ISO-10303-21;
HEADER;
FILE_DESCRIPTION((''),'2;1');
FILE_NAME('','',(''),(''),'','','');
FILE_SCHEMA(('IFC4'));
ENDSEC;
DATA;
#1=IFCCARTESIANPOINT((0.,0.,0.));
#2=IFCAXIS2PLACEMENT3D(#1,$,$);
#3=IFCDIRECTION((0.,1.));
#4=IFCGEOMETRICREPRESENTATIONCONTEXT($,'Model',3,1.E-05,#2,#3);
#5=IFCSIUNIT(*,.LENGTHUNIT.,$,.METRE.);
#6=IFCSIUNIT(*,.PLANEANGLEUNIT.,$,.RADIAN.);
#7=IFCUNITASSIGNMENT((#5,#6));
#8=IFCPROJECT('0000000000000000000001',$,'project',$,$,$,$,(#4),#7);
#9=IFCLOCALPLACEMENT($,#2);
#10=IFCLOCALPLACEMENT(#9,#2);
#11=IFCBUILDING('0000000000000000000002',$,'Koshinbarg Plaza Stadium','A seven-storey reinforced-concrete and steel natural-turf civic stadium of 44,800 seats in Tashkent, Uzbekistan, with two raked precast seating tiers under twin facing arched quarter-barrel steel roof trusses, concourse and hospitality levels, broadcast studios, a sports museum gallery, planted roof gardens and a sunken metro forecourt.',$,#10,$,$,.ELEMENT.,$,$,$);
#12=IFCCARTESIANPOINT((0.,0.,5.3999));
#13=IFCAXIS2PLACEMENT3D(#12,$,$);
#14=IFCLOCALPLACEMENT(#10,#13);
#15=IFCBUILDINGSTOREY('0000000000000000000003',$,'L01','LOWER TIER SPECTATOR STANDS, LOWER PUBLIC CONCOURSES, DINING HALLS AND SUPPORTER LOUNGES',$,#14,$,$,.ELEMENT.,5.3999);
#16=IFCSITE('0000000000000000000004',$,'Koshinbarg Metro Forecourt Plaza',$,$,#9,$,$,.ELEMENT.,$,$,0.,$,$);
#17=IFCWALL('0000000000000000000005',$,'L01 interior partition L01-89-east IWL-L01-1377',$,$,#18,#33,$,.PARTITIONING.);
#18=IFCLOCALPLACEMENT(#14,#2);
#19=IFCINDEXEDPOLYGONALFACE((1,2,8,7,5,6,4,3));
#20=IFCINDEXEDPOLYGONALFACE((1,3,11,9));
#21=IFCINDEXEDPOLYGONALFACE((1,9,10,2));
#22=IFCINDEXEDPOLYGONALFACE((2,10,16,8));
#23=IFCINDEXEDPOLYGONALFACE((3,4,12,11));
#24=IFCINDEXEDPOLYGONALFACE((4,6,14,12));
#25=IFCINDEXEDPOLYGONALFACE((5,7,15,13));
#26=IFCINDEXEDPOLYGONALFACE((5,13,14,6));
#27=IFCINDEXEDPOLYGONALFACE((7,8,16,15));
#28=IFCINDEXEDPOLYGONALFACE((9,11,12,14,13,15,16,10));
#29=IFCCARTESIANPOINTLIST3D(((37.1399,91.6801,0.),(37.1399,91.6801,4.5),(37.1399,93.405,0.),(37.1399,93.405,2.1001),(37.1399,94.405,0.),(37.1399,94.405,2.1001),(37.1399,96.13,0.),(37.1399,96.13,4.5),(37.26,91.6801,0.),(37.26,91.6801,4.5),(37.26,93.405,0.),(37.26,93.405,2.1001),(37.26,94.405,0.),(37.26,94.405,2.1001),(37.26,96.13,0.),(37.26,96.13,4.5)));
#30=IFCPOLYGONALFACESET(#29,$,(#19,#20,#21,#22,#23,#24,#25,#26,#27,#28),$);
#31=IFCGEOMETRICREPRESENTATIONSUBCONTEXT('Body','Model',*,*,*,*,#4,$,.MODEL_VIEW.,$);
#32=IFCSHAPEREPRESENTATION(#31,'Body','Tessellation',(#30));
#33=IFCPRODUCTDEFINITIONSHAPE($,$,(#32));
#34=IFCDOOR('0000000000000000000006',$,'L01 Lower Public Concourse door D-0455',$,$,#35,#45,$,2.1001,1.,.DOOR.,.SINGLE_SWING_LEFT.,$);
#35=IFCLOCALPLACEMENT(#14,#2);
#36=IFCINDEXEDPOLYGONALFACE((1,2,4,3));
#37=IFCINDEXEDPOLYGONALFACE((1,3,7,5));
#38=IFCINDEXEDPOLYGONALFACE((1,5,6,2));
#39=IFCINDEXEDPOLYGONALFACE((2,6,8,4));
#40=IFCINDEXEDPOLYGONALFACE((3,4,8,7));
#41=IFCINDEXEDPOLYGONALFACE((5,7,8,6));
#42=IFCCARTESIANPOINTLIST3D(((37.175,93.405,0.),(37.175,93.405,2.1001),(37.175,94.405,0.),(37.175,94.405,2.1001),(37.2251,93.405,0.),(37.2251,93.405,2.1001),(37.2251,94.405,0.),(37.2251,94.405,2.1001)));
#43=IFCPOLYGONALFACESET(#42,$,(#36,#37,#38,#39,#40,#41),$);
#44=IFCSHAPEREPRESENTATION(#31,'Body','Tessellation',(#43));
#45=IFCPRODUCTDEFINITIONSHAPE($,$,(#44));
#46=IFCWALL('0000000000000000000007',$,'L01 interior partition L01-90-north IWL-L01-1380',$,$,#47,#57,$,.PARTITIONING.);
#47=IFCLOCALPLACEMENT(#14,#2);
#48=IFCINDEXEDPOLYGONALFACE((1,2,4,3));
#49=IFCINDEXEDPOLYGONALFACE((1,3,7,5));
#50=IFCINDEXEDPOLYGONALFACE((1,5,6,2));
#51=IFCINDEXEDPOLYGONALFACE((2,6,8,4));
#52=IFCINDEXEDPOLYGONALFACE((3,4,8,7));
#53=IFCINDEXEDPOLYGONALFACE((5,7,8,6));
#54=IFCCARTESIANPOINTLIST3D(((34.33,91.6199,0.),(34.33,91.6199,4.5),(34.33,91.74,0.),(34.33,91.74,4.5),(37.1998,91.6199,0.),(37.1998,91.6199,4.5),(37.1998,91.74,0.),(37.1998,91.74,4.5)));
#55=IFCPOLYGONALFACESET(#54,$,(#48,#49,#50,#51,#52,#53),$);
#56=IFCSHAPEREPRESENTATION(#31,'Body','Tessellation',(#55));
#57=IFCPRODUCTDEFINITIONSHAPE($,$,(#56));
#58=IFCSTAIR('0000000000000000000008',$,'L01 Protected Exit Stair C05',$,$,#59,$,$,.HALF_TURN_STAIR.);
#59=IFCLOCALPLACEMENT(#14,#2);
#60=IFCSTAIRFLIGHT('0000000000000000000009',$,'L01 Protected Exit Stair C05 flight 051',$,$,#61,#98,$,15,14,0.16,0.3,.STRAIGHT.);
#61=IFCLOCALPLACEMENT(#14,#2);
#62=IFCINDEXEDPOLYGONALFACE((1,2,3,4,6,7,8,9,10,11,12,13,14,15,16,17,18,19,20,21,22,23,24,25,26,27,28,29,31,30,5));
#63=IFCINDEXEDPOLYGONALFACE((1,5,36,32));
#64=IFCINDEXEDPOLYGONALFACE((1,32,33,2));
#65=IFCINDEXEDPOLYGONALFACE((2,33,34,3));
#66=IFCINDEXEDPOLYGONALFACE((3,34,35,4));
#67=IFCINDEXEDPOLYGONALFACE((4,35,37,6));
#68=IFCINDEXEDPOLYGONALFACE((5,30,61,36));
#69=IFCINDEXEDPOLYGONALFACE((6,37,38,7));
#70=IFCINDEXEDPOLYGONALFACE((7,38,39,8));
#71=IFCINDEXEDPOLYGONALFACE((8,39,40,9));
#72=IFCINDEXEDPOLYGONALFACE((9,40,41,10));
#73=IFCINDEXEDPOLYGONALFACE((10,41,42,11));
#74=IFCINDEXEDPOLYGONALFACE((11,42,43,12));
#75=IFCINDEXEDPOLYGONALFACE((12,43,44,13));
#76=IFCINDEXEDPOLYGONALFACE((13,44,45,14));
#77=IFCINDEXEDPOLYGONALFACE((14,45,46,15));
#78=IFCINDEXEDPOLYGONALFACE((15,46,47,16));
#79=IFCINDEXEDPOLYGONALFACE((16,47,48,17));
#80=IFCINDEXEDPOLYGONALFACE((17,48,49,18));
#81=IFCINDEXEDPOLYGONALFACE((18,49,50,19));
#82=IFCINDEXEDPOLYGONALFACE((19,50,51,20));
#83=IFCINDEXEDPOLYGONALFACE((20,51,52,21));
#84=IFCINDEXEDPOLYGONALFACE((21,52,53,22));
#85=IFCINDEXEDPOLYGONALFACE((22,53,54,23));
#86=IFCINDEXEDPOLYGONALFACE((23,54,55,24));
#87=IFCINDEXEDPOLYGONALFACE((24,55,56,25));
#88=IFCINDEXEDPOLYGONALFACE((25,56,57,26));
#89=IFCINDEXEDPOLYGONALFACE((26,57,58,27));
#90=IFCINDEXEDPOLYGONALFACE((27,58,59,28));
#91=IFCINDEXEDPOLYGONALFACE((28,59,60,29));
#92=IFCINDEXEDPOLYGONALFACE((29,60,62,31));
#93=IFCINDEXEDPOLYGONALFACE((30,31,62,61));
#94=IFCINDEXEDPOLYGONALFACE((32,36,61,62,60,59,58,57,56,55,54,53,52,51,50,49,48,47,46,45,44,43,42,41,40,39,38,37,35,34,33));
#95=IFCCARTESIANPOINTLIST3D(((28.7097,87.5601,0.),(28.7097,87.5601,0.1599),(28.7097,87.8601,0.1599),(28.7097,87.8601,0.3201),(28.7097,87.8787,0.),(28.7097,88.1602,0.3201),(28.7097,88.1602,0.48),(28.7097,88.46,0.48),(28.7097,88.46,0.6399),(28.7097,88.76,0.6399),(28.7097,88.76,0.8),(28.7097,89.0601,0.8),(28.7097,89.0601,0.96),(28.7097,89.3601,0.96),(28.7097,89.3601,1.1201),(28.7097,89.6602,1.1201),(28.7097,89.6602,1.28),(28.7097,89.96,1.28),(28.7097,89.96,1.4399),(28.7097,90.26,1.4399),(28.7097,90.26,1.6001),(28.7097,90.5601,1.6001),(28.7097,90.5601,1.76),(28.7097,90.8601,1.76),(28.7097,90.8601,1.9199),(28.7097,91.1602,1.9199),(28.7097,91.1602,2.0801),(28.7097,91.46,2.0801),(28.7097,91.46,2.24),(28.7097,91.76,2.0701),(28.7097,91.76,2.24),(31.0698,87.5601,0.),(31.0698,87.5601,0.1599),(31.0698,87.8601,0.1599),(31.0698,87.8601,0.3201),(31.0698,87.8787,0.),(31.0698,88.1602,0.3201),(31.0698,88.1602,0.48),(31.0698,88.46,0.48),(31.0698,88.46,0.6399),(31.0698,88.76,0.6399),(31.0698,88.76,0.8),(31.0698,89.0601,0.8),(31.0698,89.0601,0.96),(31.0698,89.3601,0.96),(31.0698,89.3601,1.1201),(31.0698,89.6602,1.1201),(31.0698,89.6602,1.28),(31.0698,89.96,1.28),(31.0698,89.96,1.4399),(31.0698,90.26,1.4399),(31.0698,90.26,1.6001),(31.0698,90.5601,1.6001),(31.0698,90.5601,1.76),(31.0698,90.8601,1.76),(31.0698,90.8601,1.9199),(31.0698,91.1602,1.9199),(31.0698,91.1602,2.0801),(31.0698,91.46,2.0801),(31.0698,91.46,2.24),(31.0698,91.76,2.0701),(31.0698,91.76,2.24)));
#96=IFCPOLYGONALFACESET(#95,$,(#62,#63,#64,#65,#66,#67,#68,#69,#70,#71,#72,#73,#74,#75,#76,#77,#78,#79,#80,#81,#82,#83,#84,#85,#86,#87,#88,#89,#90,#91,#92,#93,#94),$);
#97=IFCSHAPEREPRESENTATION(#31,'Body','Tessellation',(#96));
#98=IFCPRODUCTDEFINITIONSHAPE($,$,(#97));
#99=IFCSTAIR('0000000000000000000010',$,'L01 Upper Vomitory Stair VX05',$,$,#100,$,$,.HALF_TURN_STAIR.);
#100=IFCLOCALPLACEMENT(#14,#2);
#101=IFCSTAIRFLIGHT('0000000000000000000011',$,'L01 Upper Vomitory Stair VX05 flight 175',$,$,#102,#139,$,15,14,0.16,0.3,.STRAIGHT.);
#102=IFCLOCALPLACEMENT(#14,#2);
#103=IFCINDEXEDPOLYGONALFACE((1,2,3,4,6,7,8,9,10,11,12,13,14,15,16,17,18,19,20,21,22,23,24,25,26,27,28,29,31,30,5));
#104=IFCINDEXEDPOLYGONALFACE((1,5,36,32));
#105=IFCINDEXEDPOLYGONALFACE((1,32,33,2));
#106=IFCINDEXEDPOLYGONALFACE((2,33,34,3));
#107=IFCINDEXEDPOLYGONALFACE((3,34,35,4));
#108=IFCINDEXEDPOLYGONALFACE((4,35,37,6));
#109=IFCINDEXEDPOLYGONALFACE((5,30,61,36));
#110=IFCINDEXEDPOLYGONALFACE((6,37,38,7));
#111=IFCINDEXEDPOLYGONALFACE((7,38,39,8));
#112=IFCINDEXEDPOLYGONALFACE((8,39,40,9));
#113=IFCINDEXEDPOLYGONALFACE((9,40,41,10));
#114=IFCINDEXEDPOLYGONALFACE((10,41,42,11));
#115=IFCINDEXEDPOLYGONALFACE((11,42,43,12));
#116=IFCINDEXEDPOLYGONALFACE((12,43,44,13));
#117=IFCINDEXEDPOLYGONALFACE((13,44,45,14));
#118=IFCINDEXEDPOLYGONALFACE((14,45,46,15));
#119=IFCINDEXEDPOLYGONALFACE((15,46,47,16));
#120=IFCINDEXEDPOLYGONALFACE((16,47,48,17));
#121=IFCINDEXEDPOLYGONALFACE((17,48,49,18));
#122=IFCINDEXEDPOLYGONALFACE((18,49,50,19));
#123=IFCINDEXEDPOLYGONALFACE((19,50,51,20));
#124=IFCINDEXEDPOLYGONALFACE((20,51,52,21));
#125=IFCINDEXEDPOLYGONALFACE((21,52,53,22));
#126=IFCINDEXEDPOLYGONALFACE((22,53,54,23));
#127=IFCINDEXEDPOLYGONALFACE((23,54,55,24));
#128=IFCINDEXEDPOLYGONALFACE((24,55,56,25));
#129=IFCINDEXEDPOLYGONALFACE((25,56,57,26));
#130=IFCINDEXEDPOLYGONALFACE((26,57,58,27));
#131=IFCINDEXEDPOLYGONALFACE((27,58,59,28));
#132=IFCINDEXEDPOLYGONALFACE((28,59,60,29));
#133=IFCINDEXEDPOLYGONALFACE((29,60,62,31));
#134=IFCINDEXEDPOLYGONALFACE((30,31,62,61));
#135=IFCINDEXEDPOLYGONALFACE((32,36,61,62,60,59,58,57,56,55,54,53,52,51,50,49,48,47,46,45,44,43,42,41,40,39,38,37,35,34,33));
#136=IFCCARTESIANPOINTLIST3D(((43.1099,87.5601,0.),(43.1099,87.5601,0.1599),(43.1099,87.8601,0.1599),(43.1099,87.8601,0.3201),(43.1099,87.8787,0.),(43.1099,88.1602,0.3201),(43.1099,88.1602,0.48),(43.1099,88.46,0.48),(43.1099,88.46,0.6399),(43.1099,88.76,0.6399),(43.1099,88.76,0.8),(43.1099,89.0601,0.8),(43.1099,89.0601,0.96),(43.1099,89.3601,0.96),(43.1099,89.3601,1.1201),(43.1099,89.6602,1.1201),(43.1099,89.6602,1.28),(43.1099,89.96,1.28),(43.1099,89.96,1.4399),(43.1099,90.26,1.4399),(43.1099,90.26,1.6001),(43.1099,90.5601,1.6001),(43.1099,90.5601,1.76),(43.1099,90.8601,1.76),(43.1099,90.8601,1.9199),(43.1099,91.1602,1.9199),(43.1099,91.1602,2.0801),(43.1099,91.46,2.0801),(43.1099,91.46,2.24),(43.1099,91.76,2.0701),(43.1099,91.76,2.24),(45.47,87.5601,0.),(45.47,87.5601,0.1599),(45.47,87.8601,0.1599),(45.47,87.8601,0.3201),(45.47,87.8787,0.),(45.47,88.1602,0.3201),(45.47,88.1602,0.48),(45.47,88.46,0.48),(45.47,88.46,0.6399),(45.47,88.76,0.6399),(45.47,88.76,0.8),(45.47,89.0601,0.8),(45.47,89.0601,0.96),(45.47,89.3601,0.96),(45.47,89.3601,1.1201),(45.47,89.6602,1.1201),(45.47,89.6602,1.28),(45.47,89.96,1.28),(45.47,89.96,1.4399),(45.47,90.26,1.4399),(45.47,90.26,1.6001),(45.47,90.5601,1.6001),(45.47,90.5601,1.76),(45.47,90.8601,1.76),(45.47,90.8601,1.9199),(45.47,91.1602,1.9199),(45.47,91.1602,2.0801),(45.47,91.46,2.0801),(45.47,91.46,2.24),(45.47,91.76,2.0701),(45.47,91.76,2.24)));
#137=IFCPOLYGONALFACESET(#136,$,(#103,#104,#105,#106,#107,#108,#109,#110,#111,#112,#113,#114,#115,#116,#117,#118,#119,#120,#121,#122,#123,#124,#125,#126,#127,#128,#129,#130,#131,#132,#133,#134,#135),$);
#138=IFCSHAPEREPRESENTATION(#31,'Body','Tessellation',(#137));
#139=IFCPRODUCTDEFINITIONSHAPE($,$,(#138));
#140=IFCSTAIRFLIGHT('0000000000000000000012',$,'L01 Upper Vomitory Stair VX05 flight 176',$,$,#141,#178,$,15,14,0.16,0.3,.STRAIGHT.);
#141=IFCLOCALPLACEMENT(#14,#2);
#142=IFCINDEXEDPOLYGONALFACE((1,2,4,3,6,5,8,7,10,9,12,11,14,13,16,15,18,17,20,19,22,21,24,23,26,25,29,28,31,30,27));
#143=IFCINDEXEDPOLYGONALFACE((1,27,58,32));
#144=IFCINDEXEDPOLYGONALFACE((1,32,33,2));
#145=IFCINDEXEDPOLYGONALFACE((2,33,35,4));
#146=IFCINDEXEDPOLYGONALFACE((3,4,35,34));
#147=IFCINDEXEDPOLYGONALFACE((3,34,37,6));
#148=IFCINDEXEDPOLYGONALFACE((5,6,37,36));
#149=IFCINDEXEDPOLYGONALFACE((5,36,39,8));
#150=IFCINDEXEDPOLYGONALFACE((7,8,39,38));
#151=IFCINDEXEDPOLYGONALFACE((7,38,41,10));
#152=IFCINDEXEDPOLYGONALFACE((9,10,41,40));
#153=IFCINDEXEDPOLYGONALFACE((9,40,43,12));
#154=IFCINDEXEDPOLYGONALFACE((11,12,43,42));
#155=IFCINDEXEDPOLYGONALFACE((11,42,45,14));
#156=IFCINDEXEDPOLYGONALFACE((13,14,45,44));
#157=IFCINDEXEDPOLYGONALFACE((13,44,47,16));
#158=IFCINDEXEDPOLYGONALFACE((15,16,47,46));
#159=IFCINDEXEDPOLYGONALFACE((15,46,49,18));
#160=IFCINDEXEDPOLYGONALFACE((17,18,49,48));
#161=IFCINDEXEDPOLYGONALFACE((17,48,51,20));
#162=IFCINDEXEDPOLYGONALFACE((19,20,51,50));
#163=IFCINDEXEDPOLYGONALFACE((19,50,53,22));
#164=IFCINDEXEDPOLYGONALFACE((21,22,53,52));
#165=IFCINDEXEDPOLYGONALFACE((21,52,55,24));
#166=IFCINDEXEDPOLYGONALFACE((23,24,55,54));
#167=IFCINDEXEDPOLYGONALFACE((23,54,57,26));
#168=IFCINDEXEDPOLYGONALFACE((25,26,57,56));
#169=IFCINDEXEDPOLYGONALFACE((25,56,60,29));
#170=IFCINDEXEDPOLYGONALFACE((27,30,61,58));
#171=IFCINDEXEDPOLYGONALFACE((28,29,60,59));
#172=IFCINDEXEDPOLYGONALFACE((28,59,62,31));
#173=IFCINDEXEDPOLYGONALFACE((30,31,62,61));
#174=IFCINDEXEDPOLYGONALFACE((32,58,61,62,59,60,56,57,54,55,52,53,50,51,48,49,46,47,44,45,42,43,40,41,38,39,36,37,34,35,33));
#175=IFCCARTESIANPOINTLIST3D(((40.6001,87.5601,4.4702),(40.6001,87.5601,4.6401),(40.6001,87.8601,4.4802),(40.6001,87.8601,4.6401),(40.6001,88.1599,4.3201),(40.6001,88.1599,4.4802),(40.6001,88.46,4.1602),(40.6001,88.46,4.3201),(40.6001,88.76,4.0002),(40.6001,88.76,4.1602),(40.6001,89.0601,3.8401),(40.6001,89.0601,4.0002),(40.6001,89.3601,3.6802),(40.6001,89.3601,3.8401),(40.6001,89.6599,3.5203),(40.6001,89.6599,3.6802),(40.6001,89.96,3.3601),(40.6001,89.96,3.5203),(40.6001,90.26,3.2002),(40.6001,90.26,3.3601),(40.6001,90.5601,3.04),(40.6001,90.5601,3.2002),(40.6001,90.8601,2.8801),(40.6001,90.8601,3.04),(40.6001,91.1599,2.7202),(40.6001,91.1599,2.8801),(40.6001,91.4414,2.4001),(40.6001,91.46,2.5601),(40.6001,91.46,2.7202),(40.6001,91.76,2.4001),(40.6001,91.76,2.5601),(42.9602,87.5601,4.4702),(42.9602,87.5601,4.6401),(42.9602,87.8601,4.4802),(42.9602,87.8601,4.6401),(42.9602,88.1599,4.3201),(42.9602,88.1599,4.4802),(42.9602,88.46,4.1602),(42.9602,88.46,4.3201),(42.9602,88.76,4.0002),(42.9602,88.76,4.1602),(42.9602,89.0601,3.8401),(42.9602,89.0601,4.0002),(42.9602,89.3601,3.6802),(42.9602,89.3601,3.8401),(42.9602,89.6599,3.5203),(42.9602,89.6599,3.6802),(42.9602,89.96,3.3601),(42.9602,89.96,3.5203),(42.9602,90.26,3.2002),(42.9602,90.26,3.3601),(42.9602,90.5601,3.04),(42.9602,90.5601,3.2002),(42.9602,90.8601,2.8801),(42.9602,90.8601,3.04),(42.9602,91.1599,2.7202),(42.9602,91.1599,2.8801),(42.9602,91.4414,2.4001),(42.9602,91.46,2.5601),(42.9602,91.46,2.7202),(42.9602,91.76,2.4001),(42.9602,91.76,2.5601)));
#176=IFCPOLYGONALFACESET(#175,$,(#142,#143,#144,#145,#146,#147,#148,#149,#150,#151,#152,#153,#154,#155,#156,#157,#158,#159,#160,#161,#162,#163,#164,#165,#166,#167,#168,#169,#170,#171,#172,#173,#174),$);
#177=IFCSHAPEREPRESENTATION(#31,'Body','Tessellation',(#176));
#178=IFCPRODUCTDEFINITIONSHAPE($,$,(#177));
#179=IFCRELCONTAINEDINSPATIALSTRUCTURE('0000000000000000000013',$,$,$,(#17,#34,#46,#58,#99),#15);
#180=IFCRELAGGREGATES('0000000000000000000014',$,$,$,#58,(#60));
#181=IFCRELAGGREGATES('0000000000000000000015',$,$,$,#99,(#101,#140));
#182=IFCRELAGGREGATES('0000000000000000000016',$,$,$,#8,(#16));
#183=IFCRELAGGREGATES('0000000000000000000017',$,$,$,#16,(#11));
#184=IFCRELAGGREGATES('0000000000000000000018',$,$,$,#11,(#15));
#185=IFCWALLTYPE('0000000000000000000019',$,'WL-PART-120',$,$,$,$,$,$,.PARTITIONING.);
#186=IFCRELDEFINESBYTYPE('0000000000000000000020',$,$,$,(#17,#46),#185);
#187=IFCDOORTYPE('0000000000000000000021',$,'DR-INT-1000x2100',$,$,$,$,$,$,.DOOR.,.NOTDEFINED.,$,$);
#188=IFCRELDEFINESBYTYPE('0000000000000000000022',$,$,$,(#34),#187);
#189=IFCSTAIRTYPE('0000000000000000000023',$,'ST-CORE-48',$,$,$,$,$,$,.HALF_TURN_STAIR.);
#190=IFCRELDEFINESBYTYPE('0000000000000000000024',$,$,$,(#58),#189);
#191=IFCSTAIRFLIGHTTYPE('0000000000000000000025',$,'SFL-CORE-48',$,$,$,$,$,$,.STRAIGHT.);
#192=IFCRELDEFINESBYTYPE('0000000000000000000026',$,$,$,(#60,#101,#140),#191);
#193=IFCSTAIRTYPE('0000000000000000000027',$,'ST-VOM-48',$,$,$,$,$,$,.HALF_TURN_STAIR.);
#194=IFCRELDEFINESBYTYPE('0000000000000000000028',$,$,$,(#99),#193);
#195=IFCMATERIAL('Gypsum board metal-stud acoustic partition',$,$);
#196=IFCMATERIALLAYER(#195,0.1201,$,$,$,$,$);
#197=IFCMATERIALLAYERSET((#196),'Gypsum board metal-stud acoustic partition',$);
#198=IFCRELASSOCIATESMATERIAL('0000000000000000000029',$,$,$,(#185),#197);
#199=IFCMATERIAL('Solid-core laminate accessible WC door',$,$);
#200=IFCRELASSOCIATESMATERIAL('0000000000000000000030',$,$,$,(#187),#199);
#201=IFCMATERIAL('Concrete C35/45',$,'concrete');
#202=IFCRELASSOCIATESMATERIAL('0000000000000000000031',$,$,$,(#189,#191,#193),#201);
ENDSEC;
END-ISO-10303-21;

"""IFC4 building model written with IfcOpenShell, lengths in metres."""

from ifc_helpers import new_model, si_unit, direction, frame, frame_2d, origin, place, context, subcontext, project, spatial, polyline, rectangle, outline, extrude, material, layer, layer_set, type_object, element, fill, aggregate, save


model = new_model("IFC4")

# Units and contexts
model_context = context("Model", 3, precision=1e-05, world=origin(), true_north=direction((0.0, 1.0)))
body_context = subcontext(model_context, "Body", "Model", "MODEL_VIEW")
ifc_project = project(units=[si_unit("LENGTHUNIT", "METRE"), si_unit("PLANEANGLEUNIT", "RADIAN")], contexts=[model_context])

# Site, building, storey
site_placement = place(None, origin())
site = spatial("IfcSite", under=ifc_project, at=site_placement, Name="Koshinbarg Metro Forecourt Plaza", CompositionType="ELEMENT", RefElevation=0.0)
building_placement = place(site_placement, origin())
building = spatial("IfcBuilding", under=site, at=building_placement, Name="Koshinbarg Plaza Stadium", Description="A seven-storey reinforced-concrete and steel natural-turf civic stadium of 44,800 seats in Tashkent, Uzbekistan, with two raked precast seating tiers under twin facing arched quarter-barrel steel roof trusses, concourse and hospitality levels, broadcast studios, a sports museum gallery, planted roof gardens and a sunken metro forecourt.", CompositionType="ELEMENT")
storey_placement = place(building_placement, frame((0.0, 0.0, 5.3999)))
storey = spatial("IfcBuildingStorey", under=building, at=storey_placement, Name="L01", Description="LOWER TIER SPECTATOR STANDS, LOWER PUBLIC CONCOURSES, DINING HALLS AND SUPPORTER LOUNGES", CompositionType="ELEMENT", Elevation=5.3999)

# Wall, opening, door
ifc_material_1 = material(Name="Gypsum board metal-stud acoustic partition")
ifc_layer_1 = layer(ifc_material_1, 0.1201)
ifc_layer_set_1 = layer_set([ifc_layer_1], Name="Gypsum board metal-stud acoustic partition")
wall_type_1 = type_object("IfcWallType", Name="WL-PART-120", PredefinedType="PARTITIONING", material=ifc_layer_set_1)
wall_1_placement = place(storey_placement, frame((37.2, 91.6799, 0.0), z_axis=(0.0, 0.0, 1.0), x_axis=(0.0, 1.0, 0.0)))
wall_1 = element("IfcWall", 1, at=wall_1_placement, inside=storey, type_object=wall_type_1, Name="L01 interior partition L01-89-east IWL-L01-1377", PredefinedType="PARTITIONING", context=body_context, shape_type="SweptSolid", body=[
    extrude(rectangle(XDim=4.45, YDim=0.1201, at=frame_2d((2.2251, 0.0))), origin(), (0.0, 0.0, 1.0), 4.5),
])
opening_1_placement = place(wall_1_placement, frame((1.7251, 0.0, 0.0)))
opening_1 = element("IfcOpeningElement", 2, at=opening_1_placement, cuts=wall_1, PredefinedType="OPENING", context=body_context, shape_type="SweptSolid", body=[
    extrude(rectangle(XDim=1.0, YDim=2.1001, at=frame_2d((0.5, 1.05))), frame((0.0, 0.0701, 0.0), z_axis=(0.0, -1.0, 0.0), x_axis=(1.0, 0.0, 0.0)), (0.0, 0.0, 1.0), 0.1401),
])
ifc_material_2 = material(Name="Solid-core laminate accessible WC door")
door_type_1 = type_object("IfcDoorType", Name="DR-INT-1000x2100", OperationType="NOTDEFINED", PredefinedType="DOOR", material=ifc_material_2)
door_1_placement = place(opening_1_placement, origin())
door_1 = element("IfcDoor", 3, at=door_1_placement, inside=storey, type_object=door_type_1, Name="L01 Lower Public Concourse door D-0455", OperationType="SINGLE_SWING_LEFT", OverallHeight=2.1001, OverallWidth=1.0, PredefinedType="DOOR", context=body_context, shape_type="SweptSolid", body=[
    extrude(rectangle(XDim=1.0, YDim=2.1001, at=frame_2d((0.5, 1.05))), frame((0.0, 0.0249, 0.0), z_axis=(0.0, -1.0, 0.0), x_axis=(1.0, 0.0, 0.0)), (0.0, 0.0, 1.0), 0.05),
])
fill(opening_1, door_1)

# Wall
wall_2_placement = place(storey_placement, frame((37.2, 91.6799, 0.0), z_axis=(0.0, 0.0, 1.0), x_axis=(-1.0, 0.0, 0.0)))
element("IfcWall", 4, at=wall_2_placement, inside=storey, type_object=wall_type_1, Name="L01 interior partition L01-90-north IWL-L01-1380", PredefinedType="PARTITIONING", context=body_context, shape_type="SweptSolid", body=[
    extrude(rectangle(XDim=2.8699, YDim=0.1201, at=frame_2d((1.4351, 0.0))), origin(), (0.0, 0.0, 1.0), 4.5),
])

# Stair, stair flight
ifc_material_3 = material(Name="Concrete C35/45", Category="concrete")
stair_type_1 = type_object("IfcStairType", Name="ST-CORE-48", PredefinedType="HALF_TURN_STAIR", material=ifc_material_3)
stair_1_placement = place(storey_placement, origin())
stair_1 = element("IfcStair", 5, at=stair_1_placement, inside=storey, type_object=stair_type_1, Name="L01 Protected Exit Stair C05", PredefinedType="HALF_TURN_STAIR")
stair_flight_type = type_object("IfcStairFlightType", Name="SFL-CORE-48", PredefinedType="STRAIGHT", material=ifc_material_3)
stair_flight_1_placement = place(storey_placement, frame((29.8899, 87.5601, 0.0), z_axis=(0.0, 0.0, 1.0), x_axis=(0.0, 1.0, 0.0)))
stair_flight_1 = element("IfcStairFlight", 6, at=stair_flight_1_placement, type_object=stair_flight_type, Name="L01 Protected Exit Stair C05 flight 051", NumberOfRisers=15, NumberOfTreads=14, PredefinedType="STRAIGHT", RiserHeight=0.16, TreadLength=0.3, context=body_context, shape_type="SweptSolid", body=[
    extrude(outline(polyline([(0.0, 0.0), (0.0, 0.1599), (0.3, 0.1599), (0.3, 0.3201), (0.6001, 0.3201), (0.6001, 0.48), (0.8999, 0.48), (0.8999, 0.6399), (1.2, 0.6399), (1.2, 0.8), (1.5, 0.8), (1.5, 0.96), (1.8, 0.96), (1.8, 1.1201), (2.1001, 1.1201), (2.1001, 1.28), (2.3999, 1.28), (2.3999, 1.4399), (2.7, 1.4399), (2.7, 1.6001), (3.0, 1.6001), (3.0, 1.76), (3.3, 1.76), (3.3, 1.9199), (3.6001, 1.9199), (3.6001, 2.0801), (3.8999, 2.0801), (3.8999, 2.24), (4.2, 2.24), (4.2, 2.3999), (4.2, 2.0701), (0.3186, 0.0), (0.0, 0.0)])), frame((0.0, 1.1802, 0.0), z_axis=(0.0, -1.0, 0.0), x_axis=(1.0, 0.0, 0.0)), (0.0, 0.0, 1.0), 2.3601),
])
aggregate(stair_1, [stair_flight_1])

# Stair, stair flights
stair_type_2 = type_object("IfcStairType", Name="ST-VOM-48", PredefinedType="HALF_TURN_STAIR", material=ifc_material_3)
stair_2_placement = place(storey_placement, origin())
stair_2 = element("IfcStair", 7, at=stair_2_placement, inside=storey, type_object=stair_type_2, Name="L01 Upper Vomitory Stair VX05", PredefinedType="HALF_TURN_STAIR")
stair_flight_2_placement = place(storey_placement, frame((44.29, 87.5601, 0.0), z_axis=(0.0, 0.0, 1.0), x_axis=(0.0, 1.0, 0.0)))
stair_flight_2 = element("IfcStairFlight", 8, at=stair_flight_2_placement, type_object=stair_flight_type, Name="L01 Upper Vomitory Stair VX05 flight 175", NumberOfRisers=15, NumberOfTreads=14, PredefinedType="STRAIGHT", RiserHeight=0.16, TreadLength=0.3, context=body_context, shape_type="SweptSolid", body=[
    extrude(outline(polyline([(0.0, 0.0), (0.0, 0.1599), (0.3, 0.1599), (0.3, 0.3201), (0.6001, 0.3201), (0.6001, 0.48), (0.8999, 0.48), (0.8999, 0.6399), (1.2, 0.6399), (1.2, 0.8), (1.5, 0.8), (1.5, 0.96), (1.8, 0.96), (1.8, 1.1201), (2.1001, 1.1201), (2.1001, 1.28), (2.3999, 1.28), (2.3999, 1.4399), (2.7, 1.4399), (2.7, 1.6001), (3.0, 1.6001), (3.0, 1.76), (3.3, 1.76), (3.3, 1.9199), (3.6001, 1.9199), (3.6001, 2.0801), (3.8999, 2.0801), (3.8999, 2.24), (4.2, 2.24), (4.2, 2.3999), (4.2, 2.0701), (0.3186, 0.0), (0.0, 0.0)])), frame((0.0, 1.1802, 0.0), z_axis=(0.0, -1.0, 0.0), x_axis=(1.0, 0.0, 0.0)), (0.0, 0.0, 1.0), 2.3601),
])
stair_flight_3_placement = place(storey_placement, frame((41.78, 91.76, 2.4001), z_axis=(0.0, 0.0, 1.0), x_axis=(0.0, -1.0, 0.0)))
stair_flight_3 = element("IfcStairFlight", 9, at=stair_flight_3_placement, type_object=stair_flight_type, Name="L01 Upper Vomitory Stair VX05 flight 176", NumberOfRisers=15, NumberOfTreads=14, PredefinedType="STRAIGHT", RiserHeight=0.16, TreadLength=0.3, context=body_context, shape_type="SweptSolid", body=[
    extrude(outline(polyline([(0.0, 0.0), (0.0, 0.1599), (0.3, 0.1599), (0.3, 0.3201), (0.6001, 0.3201), (0.6001, 0.48), (0.8999, 0.48), (0.8999, 0.6399), (1.2, 0.6399), (1.2, 0.8), (1.5, 0.8), (1.5, 0.96), (1.8, 0.96), (1.8, 1.1201), (2.1001, 1.1201), (2.1001, 1.28), (2.3999, 1.28), (2.3999, 1.4399), (2.7, 1.4399), (2.7, 1.6001), (3.0, 1.6001), (3.0, 1.76), (3.3, 1.76), (3.3, 1.9199), (3.6001, 1.9199), (3.6001, 2.0801), (3.8999, 2.0801), (3.8999, 2.24), (4.2, 2.24), (4.2, 2.3999), (4.2, 2.0701), (0.3186, 0.0), (0.0, 0.0)])), frame((0.0, 1.1802, 0.0), z_axis=(0.0, -1.0, 0.0), x_axis=(1.0, 0.0, 0.0)), (0.0, 0.0, 1.0), 2.3601),
])
aggregate(stair_2, [stair_flight_2, stair_flight_3])

save(model, "model.ifc")
